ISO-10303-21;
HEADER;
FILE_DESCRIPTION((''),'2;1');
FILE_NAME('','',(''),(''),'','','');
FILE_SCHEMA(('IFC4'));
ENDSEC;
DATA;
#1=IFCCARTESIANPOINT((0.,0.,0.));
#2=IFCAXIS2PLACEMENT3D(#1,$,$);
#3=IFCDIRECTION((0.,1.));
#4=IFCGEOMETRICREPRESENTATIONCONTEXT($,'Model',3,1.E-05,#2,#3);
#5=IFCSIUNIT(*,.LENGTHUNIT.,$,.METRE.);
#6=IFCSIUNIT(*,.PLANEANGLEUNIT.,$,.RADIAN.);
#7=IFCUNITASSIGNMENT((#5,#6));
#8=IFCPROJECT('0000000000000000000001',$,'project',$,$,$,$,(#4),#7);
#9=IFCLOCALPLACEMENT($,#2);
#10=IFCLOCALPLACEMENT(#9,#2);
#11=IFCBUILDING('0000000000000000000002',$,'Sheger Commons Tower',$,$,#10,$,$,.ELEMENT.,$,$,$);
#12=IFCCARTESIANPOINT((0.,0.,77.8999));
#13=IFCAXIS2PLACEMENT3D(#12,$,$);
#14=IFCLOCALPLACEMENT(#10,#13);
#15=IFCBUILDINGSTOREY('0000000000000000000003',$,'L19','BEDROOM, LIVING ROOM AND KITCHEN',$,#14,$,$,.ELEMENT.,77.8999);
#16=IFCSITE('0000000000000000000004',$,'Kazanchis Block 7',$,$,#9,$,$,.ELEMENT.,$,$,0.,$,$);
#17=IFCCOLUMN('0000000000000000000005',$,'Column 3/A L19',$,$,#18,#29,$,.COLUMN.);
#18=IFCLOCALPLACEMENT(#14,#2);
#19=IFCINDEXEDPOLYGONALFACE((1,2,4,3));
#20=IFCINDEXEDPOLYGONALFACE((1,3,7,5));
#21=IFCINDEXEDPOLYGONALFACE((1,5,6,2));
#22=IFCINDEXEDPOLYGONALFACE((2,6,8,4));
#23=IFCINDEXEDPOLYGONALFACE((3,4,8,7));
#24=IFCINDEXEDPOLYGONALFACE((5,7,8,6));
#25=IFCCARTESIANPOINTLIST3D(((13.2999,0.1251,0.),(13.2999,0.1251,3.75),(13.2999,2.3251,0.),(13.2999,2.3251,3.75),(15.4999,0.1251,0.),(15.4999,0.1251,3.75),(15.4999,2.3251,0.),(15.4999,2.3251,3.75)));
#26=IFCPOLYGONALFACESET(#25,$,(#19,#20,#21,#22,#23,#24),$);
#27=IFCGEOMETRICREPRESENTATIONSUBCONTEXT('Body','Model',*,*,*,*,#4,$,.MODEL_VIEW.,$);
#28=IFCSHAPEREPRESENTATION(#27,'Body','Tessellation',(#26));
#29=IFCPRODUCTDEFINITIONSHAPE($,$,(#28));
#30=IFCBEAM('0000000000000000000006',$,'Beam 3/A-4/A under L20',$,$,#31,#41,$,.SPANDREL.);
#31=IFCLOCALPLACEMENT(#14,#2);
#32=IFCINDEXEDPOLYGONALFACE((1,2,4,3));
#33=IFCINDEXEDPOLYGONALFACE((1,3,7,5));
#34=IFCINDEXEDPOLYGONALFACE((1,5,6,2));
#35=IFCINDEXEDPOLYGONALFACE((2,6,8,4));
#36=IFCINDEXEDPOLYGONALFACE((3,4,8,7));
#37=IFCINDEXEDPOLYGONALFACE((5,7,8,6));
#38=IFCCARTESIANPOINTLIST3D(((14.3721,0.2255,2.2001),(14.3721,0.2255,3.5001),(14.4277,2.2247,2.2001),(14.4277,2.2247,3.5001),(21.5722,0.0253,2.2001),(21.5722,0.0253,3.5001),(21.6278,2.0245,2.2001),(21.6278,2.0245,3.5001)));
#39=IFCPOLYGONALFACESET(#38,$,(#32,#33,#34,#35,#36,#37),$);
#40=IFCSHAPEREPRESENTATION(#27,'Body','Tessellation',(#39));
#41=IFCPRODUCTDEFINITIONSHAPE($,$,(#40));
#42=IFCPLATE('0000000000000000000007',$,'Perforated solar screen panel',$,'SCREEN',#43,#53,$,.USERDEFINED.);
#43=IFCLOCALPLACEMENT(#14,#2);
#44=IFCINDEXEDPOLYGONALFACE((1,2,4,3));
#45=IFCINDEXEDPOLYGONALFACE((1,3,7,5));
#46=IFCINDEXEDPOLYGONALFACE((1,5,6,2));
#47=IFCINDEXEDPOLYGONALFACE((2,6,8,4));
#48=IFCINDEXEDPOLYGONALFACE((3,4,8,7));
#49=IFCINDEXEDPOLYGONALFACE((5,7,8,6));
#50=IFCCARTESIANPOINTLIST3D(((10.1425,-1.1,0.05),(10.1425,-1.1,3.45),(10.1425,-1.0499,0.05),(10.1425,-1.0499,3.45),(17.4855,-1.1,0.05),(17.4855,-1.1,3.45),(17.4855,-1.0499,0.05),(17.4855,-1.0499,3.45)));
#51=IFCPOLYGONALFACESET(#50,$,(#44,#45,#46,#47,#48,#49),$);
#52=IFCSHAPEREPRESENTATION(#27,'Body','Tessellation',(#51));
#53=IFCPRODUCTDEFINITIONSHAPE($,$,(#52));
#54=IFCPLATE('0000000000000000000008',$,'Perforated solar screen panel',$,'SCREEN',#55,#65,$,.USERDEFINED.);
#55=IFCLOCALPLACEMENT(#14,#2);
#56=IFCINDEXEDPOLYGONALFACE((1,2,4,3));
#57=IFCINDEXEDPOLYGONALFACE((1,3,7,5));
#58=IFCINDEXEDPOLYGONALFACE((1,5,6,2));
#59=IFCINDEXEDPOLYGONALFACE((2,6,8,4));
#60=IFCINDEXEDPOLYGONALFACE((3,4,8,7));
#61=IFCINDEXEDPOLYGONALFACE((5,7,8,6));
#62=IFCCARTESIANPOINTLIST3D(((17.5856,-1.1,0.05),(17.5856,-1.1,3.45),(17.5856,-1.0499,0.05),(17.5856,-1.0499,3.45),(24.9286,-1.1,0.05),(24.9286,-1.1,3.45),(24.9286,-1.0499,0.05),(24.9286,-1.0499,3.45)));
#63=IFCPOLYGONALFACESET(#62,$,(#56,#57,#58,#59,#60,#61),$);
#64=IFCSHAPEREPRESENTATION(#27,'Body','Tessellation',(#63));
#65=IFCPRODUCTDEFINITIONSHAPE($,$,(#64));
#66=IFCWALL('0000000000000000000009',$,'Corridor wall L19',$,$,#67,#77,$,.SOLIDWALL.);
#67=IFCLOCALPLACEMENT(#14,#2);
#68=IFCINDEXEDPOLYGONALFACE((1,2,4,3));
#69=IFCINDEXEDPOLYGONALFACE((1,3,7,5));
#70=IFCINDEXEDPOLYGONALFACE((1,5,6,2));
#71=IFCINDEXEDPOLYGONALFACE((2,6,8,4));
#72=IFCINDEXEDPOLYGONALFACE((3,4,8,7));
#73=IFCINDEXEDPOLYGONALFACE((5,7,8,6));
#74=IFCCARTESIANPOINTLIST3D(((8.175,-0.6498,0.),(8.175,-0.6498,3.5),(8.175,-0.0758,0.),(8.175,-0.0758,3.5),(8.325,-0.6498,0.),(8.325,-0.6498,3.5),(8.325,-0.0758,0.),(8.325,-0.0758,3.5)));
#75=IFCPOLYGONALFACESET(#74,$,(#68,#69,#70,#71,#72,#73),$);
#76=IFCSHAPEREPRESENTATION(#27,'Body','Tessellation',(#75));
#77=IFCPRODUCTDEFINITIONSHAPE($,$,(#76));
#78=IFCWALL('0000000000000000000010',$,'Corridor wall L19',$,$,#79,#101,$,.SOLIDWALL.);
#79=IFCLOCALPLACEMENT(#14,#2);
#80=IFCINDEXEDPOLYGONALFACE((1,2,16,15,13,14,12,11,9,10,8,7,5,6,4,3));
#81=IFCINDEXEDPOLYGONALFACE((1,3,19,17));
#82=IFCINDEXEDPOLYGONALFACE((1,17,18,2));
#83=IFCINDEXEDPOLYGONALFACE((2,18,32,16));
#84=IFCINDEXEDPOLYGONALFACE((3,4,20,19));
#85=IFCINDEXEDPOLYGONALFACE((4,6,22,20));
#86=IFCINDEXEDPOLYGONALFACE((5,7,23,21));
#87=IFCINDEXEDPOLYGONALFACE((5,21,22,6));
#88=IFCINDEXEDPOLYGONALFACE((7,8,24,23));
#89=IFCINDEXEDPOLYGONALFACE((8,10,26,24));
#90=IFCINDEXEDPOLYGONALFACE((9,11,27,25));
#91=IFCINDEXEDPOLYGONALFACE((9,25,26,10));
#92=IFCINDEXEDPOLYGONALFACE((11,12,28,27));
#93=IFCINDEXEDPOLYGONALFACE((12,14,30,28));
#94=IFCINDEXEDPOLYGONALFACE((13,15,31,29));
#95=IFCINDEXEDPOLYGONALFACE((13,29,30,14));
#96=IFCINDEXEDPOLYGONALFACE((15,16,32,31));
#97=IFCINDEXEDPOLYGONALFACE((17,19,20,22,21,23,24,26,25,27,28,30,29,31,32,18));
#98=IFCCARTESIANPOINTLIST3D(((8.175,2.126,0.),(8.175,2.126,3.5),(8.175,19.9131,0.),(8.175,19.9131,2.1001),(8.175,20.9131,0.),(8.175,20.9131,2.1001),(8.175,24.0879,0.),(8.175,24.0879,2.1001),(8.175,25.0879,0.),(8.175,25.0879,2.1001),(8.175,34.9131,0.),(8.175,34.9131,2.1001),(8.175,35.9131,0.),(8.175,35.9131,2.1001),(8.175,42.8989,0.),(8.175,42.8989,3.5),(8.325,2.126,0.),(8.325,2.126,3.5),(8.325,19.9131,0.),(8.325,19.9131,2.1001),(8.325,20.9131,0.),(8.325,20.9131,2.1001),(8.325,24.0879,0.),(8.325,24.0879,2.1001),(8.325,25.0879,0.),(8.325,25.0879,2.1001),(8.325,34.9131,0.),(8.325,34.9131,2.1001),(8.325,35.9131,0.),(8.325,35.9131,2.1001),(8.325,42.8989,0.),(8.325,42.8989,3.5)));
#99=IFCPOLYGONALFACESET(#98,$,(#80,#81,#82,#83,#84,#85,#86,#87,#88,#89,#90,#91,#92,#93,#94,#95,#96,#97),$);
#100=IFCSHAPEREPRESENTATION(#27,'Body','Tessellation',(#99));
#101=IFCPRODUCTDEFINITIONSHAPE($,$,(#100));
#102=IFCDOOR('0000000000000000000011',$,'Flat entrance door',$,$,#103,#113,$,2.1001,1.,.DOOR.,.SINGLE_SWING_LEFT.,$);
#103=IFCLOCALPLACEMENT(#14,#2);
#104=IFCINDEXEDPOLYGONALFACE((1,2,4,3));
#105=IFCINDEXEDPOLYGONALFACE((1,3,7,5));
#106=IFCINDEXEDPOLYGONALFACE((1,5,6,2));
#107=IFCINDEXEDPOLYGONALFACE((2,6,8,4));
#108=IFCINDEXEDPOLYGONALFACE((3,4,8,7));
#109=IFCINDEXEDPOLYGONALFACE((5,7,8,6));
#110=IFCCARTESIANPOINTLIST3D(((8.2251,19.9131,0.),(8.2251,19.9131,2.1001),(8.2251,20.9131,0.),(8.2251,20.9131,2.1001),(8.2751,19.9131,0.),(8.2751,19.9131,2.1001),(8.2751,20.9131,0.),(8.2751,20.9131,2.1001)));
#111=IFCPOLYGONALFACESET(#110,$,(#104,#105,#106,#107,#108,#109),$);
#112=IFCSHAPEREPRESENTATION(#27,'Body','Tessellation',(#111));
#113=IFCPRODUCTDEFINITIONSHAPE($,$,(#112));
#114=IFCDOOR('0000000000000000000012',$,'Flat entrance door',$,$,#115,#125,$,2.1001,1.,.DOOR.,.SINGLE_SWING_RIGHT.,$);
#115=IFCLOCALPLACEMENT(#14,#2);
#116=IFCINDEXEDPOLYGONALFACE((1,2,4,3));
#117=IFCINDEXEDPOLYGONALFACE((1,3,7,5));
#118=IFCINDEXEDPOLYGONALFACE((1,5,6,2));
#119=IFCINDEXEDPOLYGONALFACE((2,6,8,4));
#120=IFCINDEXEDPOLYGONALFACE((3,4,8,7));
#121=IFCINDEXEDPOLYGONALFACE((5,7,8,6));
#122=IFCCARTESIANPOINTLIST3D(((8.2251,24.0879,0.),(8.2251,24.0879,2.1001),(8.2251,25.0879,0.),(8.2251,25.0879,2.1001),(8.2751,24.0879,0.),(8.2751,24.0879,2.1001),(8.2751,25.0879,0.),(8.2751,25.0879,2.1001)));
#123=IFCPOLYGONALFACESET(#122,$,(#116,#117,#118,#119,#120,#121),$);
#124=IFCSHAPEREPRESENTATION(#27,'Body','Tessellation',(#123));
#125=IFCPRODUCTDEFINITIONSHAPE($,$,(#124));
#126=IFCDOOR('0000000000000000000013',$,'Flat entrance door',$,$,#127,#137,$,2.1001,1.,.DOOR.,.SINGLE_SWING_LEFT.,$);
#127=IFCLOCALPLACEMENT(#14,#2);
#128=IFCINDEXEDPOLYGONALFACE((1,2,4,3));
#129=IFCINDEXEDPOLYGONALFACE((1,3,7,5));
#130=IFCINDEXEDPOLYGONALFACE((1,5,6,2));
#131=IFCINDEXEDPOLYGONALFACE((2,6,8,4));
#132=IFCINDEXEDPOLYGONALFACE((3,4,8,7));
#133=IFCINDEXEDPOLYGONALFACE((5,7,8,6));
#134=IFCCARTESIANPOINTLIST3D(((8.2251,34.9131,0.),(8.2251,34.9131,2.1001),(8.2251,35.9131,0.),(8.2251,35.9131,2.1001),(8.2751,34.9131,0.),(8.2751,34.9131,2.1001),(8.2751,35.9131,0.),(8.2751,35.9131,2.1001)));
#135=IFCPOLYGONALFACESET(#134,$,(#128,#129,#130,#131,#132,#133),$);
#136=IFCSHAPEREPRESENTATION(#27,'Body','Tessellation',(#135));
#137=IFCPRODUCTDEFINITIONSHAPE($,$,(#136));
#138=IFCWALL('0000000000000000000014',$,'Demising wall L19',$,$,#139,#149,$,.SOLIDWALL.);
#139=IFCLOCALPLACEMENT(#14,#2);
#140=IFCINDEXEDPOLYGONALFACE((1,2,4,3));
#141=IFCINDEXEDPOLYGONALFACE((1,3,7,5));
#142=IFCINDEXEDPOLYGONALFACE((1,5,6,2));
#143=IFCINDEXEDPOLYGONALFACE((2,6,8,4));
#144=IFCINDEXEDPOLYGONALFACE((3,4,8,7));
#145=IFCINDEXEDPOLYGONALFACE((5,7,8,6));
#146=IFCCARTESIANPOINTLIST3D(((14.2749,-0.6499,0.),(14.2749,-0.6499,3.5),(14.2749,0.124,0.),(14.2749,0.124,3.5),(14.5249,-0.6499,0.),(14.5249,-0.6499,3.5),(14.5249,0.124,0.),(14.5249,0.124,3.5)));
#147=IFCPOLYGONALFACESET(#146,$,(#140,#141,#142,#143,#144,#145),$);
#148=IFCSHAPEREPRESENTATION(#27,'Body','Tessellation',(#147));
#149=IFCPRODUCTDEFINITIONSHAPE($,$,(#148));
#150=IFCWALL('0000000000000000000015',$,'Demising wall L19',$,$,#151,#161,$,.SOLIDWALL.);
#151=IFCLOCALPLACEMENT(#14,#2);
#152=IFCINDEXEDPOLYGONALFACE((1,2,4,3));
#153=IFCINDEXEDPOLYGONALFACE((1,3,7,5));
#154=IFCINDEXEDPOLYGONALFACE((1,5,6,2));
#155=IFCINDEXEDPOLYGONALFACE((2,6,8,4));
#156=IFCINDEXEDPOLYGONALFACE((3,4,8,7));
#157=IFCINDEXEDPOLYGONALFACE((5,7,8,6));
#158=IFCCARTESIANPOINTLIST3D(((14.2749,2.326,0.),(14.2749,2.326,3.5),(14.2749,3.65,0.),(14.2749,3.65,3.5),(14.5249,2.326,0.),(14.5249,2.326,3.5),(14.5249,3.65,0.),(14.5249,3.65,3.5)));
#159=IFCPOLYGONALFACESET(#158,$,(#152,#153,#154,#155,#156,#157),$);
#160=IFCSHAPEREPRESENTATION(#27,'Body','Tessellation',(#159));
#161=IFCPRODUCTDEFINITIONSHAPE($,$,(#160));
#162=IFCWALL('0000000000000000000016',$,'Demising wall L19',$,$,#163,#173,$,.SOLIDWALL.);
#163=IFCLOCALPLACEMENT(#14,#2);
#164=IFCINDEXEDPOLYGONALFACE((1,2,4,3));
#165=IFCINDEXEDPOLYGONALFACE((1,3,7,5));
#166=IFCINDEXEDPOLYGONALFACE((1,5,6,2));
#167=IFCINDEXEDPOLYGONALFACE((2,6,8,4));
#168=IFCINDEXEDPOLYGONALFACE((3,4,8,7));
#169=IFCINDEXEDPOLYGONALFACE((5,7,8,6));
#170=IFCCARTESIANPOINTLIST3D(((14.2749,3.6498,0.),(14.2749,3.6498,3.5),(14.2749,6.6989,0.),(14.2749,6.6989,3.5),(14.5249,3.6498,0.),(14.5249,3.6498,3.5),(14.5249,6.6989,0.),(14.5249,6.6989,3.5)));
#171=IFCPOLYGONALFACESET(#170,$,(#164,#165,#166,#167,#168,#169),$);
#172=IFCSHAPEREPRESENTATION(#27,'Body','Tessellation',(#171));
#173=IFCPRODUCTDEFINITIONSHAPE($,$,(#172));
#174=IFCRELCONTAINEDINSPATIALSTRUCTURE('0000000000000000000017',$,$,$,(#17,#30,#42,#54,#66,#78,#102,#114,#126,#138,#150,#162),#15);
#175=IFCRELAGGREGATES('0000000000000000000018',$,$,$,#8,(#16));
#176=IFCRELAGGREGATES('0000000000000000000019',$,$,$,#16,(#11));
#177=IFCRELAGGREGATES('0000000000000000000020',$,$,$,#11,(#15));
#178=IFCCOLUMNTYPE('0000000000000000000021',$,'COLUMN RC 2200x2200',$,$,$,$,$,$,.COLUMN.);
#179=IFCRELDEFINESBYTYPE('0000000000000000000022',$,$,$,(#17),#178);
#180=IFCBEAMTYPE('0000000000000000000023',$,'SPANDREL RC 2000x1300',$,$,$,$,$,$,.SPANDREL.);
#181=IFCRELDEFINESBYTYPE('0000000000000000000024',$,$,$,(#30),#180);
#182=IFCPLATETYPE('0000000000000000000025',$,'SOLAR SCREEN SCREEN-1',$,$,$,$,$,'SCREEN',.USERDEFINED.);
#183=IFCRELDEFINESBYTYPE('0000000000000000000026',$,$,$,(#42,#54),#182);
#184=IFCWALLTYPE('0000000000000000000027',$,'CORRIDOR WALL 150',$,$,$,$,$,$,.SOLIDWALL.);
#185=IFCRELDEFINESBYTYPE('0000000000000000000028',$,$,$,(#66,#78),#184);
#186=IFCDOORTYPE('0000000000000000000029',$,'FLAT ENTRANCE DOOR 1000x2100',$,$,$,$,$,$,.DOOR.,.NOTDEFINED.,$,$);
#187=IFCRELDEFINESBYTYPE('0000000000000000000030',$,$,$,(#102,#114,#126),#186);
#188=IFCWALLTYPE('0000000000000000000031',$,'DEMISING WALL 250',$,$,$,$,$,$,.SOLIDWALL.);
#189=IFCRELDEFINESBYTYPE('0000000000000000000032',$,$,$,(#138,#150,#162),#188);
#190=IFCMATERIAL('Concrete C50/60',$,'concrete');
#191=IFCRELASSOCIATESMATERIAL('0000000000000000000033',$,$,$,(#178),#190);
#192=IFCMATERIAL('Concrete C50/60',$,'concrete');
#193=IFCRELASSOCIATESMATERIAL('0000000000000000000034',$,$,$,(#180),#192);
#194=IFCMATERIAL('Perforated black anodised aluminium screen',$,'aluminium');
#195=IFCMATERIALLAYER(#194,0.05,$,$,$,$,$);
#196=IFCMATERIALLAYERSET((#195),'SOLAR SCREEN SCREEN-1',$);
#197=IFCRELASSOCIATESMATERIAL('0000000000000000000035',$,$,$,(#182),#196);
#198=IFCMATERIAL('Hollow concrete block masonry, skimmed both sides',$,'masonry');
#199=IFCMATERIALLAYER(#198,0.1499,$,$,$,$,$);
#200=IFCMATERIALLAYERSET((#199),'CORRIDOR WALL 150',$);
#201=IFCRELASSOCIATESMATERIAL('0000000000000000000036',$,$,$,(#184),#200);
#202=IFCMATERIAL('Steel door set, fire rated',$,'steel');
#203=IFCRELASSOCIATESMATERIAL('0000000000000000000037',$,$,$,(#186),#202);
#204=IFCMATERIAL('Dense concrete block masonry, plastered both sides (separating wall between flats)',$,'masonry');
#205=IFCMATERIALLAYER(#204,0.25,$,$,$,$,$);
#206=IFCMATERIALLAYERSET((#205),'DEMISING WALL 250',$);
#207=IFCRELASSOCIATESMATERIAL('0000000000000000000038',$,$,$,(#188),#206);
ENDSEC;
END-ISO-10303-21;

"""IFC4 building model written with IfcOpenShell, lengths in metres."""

from ifc_helpers import new_model, si_unit, direction, frame, frame_2d, origin, origin_2d, place, context, subcontext, project, spatial, rectangle, extrude, material, layer, layer_set, material_profile, profile_set, type_object, element, fill, save


model = new_model("IFC4")

# Units and contexts
model_context = context("Model", 3, precision=1e-05, world=origin(), true_north=direction((0.0, 1.0)))
body_context = subcontext(model_context, "Body", "Model", "MODEL_VIEW")
ifc_project = project(units=[si_unit("LENGTHUNIT", "METRE"), si_unit("PLANEANGLEUNIT", "RADIAN")], contexts=[model_context])

# Site, building, storey
site_placement = place(None, origin())
site = spatial("IfcSite", under=ifc_project, at=site_placement, Name="Kazanchis Block 7", CompositionType="ELEMENT", RefElevation=0.0)
building_placement = place(site_placement, origin())
building = spatial("IfcBuilding", under=site, at=building_placement, Name="Sheger Commons Tower", CompositionType="ELEMENT")
storey_placement = place(building_placement, frame((0.0, 0.0, 77.8999)))
storey = spatial("IfcBuildingStorey", under=building, at=storey_placement, Name="L19", Description="BEDROOM, LIVING ROOM AND KITCHEN", CompositionType="ELEMENT", Elevation=77.8999)

# Column
ifc_material_1 = material(Name="Concrete C50/60", Category="concrete")
ifc_material_profile_1 = material_profile(ifc_material_1, rectangle(XDim=2.2, YDim=2.2, at=origin_2d()), Name="RC 2200x2200")
ifc_profile_set_1 = profile_set([ifc_material_profile_1], Name="Concrete C50/60")
column_type = type_object("IfcColumnType", Name="COLUMN RC 2200x2200", PredefinedType="COLUMN", material=ifc_profile_set_1)
column_placement = place(storey_placement, frame((14.3999, 1.2251, 0.0), z_axis=(0.0, 0.0, 1.0), x_axis=(1.0, 0.0, 0.0)))
element("IfcColumn", 1, at=column_placement, inside=storey, type_object=column_type, Name="Column 3/A L19", PredefinedType="COLUMN", context=body_context, shape_type="SweptSolid", body=[
    extrude(rectangle(XDim=2.2, YDim=2.2, at=origin_2d()), origin(), (0.0, 0.0, 1.0), 3.75),
])

# Beam
ifc_material_2 = material(Name="Concrete C50/60", Category="concrete")
ifc_material_profile_2 = material_profile(ifc_material_2, rectangle(XDim=2.0, YDim=1.3, at=origin_2d()), Name="RC 2000x1300")
ifc_profile_set_2 = profile_set([ifc_material_profile_2], Name="Concrete C50/60")
beam_type = type_object("IfcBeamType", Name="SPANDREL RC 2000x1300", PredefinedType="SPANDREL", material=ifc_profile_set_2)
beam_placement = place(storey_placement, frame((14.3999, 1.2251, 2.8501), z_axis=(0.999614, -0.027793, 0.0), x_axis=(0.027793, 0.999614, 0.0)))
element("IfcBeam", 2, at=beam_placement, inside=storey, type_object=beam_type, Name="Beam 3/A-4/A under L20", PredefinedType="SPANDREL", context=body_context, shape_type="SweptSolid", body=[
    extrude(rectangle(XDim=2.0, YDim=1.3, at=origin_2d()), origin(), (0.0, 0.0, 1.0), 7.2029),
])

# Plates
ifc_material_3 = material(Name="Perforated black anodised aluminium screen", Category="aluminium")
ifc_layer_1 = layer(ifc_material_3, 0.05)
ifc_layer_set_1 = layer_set([ifc_layer_1], Name="SOLAR SCREEN SCREEN-1")
plate_type = type_object("IfcPlateType", Name="SOLAR SCREEN SCREEN-1", ElementType="SCREEN", PredefinedType="USERDEFINED", material=ifc_layer_set_1)
for number, where, z_axis, x_axis, name in (
    (3, (13.814, -1.075, 0.05), (0.0, 0.0, 1.0), (1.0, 0.0, 0.0), "Perforated solar screen panel"),
    (4, (21.2571, -1.075, 0.05), (0.0, 0.0, 1.0), (1.0, 0.0, 0.0), "Perforated solar screen panel"),
):
    element("IfcPlate", number, at=place(storey_placement, frame(where, z_axis=z_axis, x_axis=x_axis)), inside=storey, type_object=plate_type, Name=name, ObjectType="SCREEN", PredefinedType="USERDEFINED", context=body_context, shape_type="SweptSolid", body=[
        extrude(rectangle(XDim=7.343, YDim=0.05, at=origin_2d()), origin(), (0.0, 0.0, 1.0), 3.3999),
    ])

# Wall
ifc_material_4 = material(Name="Hollow concrete block masonry, skimmed both sides", Category="masonry")
ifc_layer_2 = layer(ifc_material_4, 0.1499)
ifc_layer_set_2 = layer_set([ifc_layer_2], Name="CORRIDOR WALL 150")
wall_type_1 = type_object("IfcWallType", Name="CORRIDOR WALL 150", PredefinedType="SOLIDWALL", material=ifc_layer_set_2)
wall_1_placement = place(storey_placement, frame((8.25, -0.6499, 0.0), z_axis=(0.0, 0.0, 1.0), x_axis=(0.0, 1.0, 0.0)))
element("IfcWall", 5, at=wall_1_placement, inside=storey, type_object=wall_type_1, Name="Corridor wall L19", PredefinedType="SOLIDWALL", context=body_context, shape_type="SweptSolid", body=[
    extrude(rectangle(XDim=0.574, YDim=0.1499, at=frame_2d((0.2871, 0.0))), origin(), (0.0, 0.0, 1.0), 3.5),
])

# Wall, openings, doors
wall_2_placement = place(storey_placement, frame((8.25, 2.126, 0.0), z_axis=(0.0, 0.0, 1.0), x_axis=(0.0, 1.0, 0.0)))
wall_2 = element("IfcWall", 6, at=wall_2_placement, inside=storey, type_object=wall_type_1, Name="Corridor wall L19", PredefinedType="SOLIDWALL", context=body_context, shape_type="SweptSolid", body=[
    extrude(rectangle(XDim=40.7729, YDim=0.1499, at=frame_2d((20.3865, 0.0))), origin(), (0.0, 0.0, 1.0), 3.5),
])
opening_1_placement = place(wall_2_placement, frame((17.7871, 0.0, 0.0)))
opening_1 = element("IfcOpeningElement", 7, at=opening_1_placement, cuts=wall_2, PredefinedType="OPENING", context=body_context, shape_type="SweptSolid", body=[
    extrude(rectangle(XDim=1.0, YDim=2.1001, at=frame_2d((0.5, 1.05))), frame((0.0, 0.085, 0.0), z_axis=(0.0, -1.0, 0.0), x_axis=(1.0, 0.0, 0.0)), (0.0, 0.0, 1.0), 0.1699),
])
opening_2_placement = place(wall_2_placement, frame((21.9619, 0.0, 0.0)))
opening_2 = element("IfcOpeningElement", 8, at=opening_2_placement, cuts=wall_2, PredefinedType="OPENING", context=body_context, shape_type="SweptSolid", body=[
    extrude(rectangle(XDim=1.0, YDim=2.1001, at=frame_2d((0.5, 1.05))), frame((0.0, 0.085, 0.0), z_axis=(0.0, -1.0, 0.0), x_axis=(1.0, 0.0, 0.0)), (0.0, 0.0, 1.0), 0.1699),
])
opening_3_placement = place(wall_2_placement, frame((32.7871, 0.0, 0.0)))
opening_3 = element("IfcOpeningElement", 9, at=opening_3_placement, cuts=wall_2, PredefinedType="OPENING", context=body_context, shape_type="SweptSolid", body=[
    extrude(rectangle(XDim=1.0, YDim=2.1001, at=frame_2d((0.5, 1.05))), frame((0.0, 0.085, 0.0), z_axis=(0.0, -1.0, 0.0), x_axis=(1.0, 0.0, 0.0)), (0.0, 0.0, 1.0), 0.1699),
])
ifc_material_5 = material(Name="Steel door set, fire rated", Category="steel")
door_type = type_object("IfcDoorType", Name="FLAT ENTRANCE DOOR 1000x2100", OperationType="NOTDEFINED", PredefinedType="DOOR", material=ifc_material_5)
door_1_placement = place(opening_1_placement, origin())
door_1 = element("IfcDoor", 10, at=door_1_placement, inside=storey, type_object=door_type, Name="Flat entrance door", OperationType="SINGLE_SWING_LEFT", OverallHeight=2.1001, OverallWidth=1.0, PredefinedType="DOOR", context=body_context, shape_type="SweptSolid", body=[
    extrude(rectangle(XDim=1.0, YDim=2.1001, at=frame_2d((0.5, 1.05))), frame((0.0, 0.0249, 0.0), z_axis=(0.0, -1.0, 0.0), x_axis=(1.0, 0.0, 0.0)), (0.0, 0.0, 1.0), 0.05),
])
fill(opening_1, door_1)
door_2_placement = place(opening_2_placement, origin())
door_2 = element("IfcDoor", 11, at=door_2_placement, inside=storey, type_object=door_type, Name="Flat entrance door", OperationType="SINGLE_SWING_RIGHT", OverallHeight=2.1001, OverallWidth=1.0, PredefinedType="DOOR", context=body_context, shape_type="SweptSolid", body=[
    extrude(rectangle(XDim=1.0, YDim=2.1001, at=frame_2d((0.5, 1.05))), frame((0.0, 0.0249, 0.0), z_axis=(0.0, -1.0, 0.0), x_axis=(1.0, 0.0, 0.0)), (0.0, 0.0, 1.0), 0.05),
])
fill(opening_2, door_2)
door_3_placement = place(opening_3_placement, origin())
door_3 = element("IfcDoor", 12, at=door_3_placement, inside=storey, type_object=door_type, Name="Flat entrance door", OperationType="SINGLE_SWING_LEFT", OverallHeight=2.1001, OverallWidth=1.0, PredefinedType="DOOR", context=body_context, shape_type="SweptSolid", body=[
    extrude(rectangle(XDim=1.0, YDim=2.1001, at=frame_2d((0.5, 1.05))), frame((0.0, 0.0249, 0.0), z_axis=(0.0, -1.0, 0.0), x_axis=(1.0, 0.0, 0.0)), (0.0, 0.0, 1.0), 0.05),
])
fill(opening_3, door_3)

# Walls
ifc_material_6 = material(Name="Dense concrete block masonry, plastered both sides (separating wall between flats)", Category="masonry")
ifc_layer_3 = layer(ifc_material_6, 0.25)
ifc_layer_set_3 = layer_set([ifc_layer_3], Name="DEMISING WALL 250")
wall_type_2 = type_object("IfcWallType", Name="DEMISING WALL 250", PredefinedType="SOLIDWALL", material=ifc_layer_set_3)
wall_3_placement = place(storey_placement, frame((14.3999, -0.6499, 0.0), z_axis=(0.0, 0.0, 1.0), x_axis=(0.0, 1.0, 0.0)))
element("IfcWall", 13, at=wall_3_placement, inside=storey, type_object=wall_type_2, Name="Demising wall L19", PredefinedType="SOLIDWALL", context=body_context, shape_type="SweptSolid", body=[
    extrude(rectangle(XDim=0.7739, YDim=0.25, at=frame_2d((0.387, 0.0))), origin(), (0.0, 0.0, 1.0), 3.5),
])
wall_4_placement = place(storey_placement, frame((14.3999, 2.3259, 0.0), z_axis=(0.0, 0.0, 1.0), x_axis=(0.0, 1.0, 0.0)))
element("IfcWall", 14, at=wall_4_placement, inside=storey, type_object=wall_type_2, Name="Demising wall L19", PredefinedType="SOLIDWALL", context=body_context, shape_type="SweptSolid", body=[
    extrude(rectangle(XDim=1.324, YDim=0.25, at=frame_2d((0.6621, 0.0))), origin(), (0.0, 0.0, 1.0), 3.5),
])
wall_5_placement = place(storey_placement, frame((14.3999, 3.6499, 0.0), z_axis=(0.0, 0.0, 1.0), x_axis=(0.0, 1.0, 0.0)))
element("IfcWall", 15, at=wall_5_placement, inside=storey, type_object=wall_type_2, Name="Demising wall L19", PredefinedType="SOLIDWALL", context=body_context, shape_type="SweptSolid", body=[
    extrude(rectangle(XDim=3.0491, YDim=0.25, at=frame_2d((1.5244, 0.0))), origin(), (0.0, 0.0, 1.0), 3.5),
])

save(model, "model.ifc")
